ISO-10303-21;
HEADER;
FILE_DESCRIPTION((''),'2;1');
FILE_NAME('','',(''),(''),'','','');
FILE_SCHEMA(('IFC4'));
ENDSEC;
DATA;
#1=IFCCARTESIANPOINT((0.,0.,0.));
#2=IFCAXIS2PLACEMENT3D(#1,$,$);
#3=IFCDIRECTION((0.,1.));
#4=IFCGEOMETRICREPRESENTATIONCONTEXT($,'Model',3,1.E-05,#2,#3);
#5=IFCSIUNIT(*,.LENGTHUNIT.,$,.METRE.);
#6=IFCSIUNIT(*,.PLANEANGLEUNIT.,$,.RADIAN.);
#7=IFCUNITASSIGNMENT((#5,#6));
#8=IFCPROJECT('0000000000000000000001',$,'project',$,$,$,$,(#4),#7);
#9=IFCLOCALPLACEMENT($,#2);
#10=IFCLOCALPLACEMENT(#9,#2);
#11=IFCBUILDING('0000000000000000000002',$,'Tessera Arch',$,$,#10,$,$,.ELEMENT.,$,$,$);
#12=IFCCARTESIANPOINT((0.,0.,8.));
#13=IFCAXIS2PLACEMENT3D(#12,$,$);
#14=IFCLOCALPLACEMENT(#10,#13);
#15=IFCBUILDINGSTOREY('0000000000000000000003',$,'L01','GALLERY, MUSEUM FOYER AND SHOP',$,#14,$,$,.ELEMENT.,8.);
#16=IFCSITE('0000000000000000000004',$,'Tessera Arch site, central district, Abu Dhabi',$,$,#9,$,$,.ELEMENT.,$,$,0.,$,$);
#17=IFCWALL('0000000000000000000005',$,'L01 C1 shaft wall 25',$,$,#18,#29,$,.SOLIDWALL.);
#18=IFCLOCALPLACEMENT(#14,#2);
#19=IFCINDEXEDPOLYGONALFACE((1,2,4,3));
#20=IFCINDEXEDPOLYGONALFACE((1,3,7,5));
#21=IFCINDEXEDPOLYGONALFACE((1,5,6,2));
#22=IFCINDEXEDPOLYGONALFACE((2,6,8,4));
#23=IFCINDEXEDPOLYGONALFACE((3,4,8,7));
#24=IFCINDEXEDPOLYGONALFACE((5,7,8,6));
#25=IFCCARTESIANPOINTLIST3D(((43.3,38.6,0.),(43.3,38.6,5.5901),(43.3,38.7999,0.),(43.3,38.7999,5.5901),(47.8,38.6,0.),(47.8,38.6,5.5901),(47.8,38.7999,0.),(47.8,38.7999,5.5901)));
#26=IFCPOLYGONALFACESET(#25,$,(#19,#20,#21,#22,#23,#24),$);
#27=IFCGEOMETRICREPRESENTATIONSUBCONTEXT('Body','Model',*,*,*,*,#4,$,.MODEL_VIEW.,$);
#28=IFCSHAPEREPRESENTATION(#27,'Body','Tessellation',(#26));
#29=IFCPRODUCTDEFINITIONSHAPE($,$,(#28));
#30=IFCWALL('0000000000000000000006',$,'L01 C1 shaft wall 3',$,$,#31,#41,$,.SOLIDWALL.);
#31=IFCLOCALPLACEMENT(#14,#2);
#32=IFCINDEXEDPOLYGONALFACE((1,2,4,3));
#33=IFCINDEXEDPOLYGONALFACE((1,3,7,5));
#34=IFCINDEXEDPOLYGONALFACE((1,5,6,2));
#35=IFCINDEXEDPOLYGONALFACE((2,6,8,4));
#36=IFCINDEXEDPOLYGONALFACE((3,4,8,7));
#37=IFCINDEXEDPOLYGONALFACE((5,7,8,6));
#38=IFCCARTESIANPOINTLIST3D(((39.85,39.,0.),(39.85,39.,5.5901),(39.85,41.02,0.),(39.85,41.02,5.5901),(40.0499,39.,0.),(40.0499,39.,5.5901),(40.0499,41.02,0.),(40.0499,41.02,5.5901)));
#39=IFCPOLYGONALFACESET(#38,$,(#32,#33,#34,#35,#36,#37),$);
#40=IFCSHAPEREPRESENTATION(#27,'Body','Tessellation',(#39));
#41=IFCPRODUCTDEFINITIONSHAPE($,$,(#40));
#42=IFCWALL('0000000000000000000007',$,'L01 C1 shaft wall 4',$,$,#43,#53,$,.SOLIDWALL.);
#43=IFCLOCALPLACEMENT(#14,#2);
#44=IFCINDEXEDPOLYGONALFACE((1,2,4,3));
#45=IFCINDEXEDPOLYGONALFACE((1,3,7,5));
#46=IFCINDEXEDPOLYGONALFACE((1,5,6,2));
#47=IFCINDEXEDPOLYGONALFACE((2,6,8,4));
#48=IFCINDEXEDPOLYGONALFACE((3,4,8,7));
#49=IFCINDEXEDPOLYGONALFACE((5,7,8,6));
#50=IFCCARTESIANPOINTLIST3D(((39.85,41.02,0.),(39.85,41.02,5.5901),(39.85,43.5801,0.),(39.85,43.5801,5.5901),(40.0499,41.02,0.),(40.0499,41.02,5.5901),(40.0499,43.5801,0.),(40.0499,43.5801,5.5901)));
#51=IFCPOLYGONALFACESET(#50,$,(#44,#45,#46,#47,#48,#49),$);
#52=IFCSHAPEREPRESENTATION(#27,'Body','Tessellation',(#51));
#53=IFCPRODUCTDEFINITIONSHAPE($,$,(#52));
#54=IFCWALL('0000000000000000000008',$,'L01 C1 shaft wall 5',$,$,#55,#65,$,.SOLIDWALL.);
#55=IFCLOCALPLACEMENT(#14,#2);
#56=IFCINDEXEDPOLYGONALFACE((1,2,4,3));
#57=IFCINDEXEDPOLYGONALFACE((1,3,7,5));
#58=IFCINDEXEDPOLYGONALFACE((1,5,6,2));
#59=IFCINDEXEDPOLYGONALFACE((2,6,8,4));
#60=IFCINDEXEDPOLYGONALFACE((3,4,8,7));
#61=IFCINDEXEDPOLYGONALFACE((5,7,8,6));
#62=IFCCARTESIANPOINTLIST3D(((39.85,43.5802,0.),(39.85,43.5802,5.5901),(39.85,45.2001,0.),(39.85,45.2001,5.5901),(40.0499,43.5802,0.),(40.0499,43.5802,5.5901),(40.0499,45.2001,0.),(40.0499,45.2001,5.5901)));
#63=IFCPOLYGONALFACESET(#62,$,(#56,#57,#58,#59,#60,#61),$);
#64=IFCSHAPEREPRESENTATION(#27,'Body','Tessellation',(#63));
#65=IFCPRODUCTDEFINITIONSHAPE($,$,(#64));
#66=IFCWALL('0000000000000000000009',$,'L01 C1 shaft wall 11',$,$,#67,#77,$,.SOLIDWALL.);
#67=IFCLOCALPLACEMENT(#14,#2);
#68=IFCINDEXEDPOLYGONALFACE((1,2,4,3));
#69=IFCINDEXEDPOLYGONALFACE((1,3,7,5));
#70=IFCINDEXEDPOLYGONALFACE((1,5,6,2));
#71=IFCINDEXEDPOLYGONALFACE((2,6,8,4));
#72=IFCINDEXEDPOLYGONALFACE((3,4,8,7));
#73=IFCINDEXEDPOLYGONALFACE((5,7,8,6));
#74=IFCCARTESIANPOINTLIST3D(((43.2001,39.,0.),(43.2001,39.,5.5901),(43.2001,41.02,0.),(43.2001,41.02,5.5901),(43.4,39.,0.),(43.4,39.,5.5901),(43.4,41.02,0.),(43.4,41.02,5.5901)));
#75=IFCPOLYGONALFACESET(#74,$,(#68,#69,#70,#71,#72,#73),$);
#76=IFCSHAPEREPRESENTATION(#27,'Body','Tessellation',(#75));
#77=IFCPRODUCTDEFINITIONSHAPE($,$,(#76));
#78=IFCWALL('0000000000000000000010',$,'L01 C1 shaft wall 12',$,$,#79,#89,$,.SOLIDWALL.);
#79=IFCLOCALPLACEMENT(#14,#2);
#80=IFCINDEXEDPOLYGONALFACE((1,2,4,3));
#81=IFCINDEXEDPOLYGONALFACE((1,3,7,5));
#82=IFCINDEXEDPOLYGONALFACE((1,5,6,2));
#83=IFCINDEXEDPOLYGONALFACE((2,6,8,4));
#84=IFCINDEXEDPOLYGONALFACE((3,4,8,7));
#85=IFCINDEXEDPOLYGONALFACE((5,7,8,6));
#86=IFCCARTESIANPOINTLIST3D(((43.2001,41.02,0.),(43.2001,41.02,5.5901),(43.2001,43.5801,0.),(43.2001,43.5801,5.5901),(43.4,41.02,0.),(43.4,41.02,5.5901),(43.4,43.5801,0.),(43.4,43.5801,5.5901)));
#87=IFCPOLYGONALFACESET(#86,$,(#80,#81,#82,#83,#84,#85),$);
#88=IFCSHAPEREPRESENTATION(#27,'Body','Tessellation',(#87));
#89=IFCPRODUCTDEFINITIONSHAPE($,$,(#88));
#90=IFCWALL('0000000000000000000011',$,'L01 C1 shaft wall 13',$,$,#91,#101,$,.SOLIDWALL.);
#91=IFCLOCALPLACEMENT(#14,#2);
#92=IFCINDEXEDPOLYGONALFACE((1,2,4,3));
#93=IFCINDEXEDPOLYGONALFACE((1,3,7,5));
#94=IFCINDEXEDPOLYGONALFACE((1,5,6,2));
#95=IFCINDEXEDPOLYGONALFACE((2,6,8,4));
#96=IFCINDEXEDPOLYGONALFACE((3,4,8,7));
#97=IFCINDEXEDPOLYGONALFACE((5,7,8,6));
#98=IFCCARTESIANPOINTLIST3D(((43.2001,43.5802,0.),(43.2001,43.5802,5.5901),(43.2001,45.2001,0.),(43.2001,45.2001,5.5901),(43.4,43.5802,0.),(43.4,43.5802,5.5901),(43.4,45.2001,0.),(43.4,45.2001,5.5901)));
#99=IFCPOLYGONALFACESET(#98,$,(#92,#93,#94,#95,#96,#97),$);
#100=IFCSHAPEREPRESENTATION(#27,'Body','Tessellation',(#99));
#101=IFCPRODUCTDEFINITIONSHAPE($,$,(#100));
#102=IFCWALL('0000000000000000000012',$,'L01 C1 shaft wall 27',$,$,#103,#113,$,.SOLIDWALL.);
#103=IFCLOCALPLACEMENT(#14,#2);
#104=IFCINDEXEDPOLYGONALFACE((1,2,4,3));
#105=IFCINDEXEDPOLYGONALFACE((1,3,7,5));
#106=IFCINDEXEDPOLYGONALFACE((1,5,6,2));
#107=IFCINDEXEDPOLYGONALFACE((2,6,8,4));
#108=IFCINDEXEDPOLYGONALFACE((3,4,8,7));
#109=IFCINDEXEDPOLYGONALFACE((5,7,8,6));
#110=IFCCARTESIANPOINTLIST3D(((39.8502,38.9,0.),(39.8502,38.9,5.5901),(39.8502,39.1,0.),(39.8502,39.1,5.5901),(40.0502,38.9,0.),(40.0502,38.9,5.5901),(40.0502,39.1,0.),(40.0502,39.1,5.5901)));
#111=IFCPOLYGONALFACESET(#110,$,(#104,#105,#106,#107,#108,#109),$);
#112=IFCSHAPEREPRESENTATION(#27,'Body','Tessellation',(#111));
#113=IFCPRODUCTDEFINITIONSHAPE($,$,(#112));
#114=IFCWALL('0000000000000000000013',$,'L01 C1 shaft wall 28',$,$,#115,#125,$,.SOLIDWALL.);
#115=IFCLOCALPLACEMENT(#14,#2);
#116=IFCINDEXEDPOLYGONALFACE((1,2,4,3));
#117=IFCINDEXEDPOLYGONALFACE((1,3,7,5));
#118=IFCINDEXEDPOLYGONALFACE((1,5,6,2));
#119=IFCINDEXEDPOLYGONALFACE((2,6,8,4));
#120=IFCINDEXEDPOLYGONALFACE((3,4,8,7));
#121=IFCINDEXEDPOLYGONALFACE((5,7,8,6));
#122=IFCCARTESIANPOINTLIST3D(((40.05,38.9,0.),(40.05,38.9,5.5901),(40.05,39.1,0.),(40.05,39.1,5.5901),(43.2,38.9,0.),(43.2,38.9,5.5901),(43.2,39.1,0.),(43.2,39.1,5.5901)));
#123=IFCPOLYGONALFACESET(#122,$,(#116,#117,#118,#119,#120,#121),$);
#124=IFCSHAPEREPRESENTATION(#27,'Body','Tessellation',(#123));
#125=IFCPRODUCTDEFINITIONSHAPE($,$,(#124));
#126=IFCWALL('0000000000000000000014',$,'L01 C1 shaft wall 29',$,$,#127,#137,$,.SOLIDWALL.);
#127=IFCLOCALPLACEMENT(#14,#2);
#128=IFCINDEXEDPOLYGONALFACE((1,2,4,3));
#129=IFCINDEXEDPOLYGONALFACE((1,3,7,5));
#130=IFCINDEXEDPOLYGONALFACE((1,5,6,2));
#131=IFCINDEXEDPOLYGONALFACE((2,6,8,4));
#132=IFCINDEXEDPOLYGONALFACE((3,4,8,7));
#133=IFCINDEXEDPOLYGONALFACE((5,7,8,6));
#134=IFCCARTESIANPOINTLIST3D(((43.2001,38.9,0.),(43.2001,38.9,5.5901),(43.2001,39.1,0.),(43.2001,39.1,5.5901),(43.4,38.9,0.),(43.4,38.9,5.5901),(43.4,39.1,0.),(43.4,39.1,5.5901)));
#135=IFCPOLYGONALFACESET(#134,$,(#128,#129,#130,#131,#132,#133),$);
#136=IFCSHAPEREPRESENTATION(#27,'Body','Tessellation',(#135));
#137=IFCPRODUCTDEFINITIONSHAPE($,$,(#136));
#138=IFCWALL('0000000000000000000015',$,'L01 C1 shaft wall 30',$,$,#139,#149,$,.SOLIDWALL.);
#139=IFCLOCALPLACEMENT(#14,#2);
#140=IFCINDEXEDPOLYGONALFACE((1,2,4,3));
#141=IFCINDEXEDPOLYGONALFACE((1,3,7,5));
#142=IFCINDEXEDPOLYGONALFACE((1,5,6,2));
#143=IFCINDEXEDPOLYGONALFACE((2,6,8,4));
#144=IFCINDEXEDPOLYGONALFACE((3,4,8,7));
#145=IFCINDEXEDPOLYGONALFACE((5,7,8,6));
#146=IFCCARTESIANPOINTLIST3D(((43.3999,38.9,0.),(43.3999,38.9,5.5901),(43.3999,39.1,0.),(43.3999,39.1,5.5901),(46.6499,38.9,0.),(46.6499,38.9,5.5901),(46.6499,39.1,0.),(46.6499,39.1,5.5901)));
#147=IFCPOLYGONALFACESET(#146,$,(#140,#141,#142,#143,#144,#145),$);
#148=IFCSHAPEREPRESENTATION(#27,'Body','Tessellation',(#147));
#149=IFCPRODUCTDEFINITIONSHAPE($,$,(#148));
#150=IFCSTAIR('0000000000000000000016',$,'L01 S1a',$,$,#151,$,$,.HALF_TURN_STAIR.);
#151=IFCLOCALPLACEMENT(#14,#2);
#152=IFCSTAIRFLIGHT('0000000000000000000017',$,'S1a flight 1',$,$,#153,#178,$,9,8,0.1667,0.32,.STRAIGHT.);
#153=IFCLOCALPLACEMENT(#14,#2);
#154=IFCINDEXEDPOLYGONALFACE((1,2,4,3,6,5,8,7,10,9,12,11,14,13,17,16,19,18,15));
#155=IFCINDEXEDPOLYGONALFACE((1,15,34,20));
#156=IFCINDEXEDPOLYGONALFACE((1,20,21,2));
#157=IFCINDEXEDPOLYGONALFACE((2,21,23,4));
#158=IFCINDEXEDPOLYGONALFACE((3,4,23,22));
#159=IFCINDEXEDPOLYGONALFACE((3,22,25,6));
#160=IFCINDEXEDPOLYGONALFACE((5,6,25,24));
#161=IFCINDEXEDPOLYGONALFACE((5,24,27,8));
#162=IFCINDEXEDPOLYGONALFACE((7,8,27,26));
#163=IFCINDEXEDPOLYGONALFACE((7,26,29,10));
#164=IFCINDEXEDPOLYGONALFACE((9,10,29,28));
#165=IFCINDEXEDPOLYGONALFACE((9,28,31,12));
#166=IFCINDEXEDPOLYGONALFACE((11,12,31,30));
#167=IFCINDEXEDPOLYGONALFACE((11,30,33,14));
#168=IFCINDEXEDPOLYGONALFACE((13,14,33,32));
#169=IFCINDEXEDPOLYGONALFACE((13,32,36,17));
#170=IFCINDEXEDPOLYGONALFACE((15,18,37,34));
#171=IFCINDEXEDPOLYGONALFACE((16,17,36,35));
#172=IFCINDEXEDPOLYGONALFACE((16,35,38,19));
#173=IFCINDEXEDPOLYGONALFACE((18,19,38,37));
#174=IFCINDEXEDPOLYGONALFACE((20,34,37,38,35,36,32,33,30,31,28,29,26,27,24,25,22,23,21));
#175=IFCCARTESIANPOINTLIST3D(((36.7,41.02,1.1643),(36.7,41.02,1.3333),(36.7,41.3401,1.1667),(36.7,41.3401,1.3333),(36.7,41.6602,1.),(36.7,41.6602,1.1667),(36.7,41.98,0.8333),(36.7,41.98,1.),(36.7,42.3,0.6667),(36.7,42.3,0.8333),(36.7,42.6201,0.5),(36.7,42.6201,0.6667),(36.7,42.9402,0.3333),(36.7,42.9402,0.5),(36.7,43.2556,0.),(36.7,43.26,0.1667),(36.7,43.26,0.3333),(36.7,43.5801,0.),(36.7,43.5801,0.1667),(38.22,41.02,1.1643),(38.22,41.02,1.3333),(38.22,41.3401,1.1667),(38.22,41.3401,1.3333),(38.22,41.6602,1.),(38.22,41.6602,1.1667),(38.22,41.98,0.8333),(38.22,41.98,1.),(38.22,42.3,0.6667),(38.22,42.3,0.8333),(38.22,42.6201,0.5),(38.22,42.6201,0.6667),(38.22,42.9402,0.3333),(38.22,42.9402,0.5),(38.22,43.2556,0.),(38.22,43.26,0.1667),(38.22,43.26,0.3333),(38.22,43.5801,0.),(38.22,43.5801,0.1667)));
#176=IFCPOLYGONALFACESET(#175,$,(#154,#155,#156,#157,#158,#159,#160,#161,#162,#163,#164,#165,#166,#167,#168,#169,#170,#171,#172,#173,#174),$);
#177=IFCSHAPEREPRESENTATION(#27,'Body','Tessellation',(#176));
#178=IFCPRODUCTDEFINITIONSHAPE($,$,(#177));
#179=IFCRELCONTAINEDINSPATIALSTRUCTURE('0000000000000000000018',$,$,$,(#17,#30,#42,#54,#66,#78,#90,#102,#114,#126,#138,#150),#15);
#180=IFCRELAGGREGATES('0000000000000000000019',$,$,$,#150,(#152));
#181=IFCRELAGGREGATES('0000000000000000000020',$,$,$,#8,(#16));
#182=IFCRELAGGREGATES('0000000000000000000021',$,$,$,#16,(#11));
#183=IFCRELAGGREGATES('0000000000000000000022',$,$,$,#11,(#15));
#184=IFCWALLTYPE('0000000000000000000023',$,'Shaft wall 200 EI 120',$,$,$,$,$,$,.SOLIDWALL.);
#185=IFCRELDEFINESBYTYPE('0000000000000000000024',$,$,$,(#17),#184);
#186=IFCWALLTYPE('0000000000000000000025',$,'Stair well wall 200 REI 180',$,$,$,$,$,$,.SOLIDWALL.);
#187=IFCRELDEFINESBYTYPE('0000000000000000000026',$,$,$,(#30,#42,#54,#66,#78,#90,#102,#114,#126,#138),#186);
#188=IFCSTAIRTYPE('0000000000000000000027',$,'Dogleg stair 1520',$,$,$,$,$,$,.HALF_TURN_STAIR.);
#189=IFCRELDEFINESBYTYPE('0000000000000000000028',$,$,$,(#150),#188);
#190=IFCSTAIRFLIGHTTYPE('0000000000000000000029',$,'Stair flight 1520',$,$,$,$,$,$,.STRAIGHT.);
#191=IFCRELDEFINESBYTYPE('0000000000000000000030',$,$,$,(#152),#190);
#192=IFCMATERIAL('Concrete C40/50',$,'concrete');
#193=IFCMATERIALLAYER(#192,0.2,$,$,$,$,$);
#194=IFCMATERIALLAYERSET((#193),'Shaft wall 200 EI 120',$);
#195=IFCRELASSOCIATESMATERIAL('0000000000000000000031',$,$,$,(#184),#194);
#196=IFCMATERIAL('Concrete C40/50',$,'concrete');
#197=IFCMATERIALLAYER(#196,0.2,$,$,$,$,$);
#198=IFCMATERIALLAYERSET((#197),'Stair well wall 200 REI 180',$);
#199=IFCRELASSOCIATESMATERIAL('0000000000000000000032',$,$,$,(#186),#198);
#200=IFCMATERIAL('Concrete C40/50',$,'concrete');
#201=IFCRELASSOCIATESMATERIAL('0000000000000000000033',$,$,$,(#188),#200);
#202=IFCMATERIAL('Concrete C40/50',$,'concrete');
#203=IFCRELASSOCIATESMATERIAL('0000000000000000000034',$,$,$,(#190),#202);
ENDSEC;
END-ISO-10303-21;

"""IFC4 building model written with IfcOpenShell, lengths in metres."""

from ifc_helpers import new_model, si_unit, direction, frame, frame_2d, origin, place, context, subcontext, project, spatial, polyline, rectangle, outline, extrude, material, layer, layer_set, type_object, element, aggregate, save


model = new_model("IFC4")

# Units and contexts
model_context = context("Model", 3, precision=1e-05, world=origin(), true_north=direction((0.0, 1.0)))
body_context = subcontext(model_context, "Body", "Model", "MODEL_VIEW")
ifc_project = project(units=[si_unit("LENGTHUNIT", "METRE"), si_unit("PLANEANGLEUNIT", "RADIAN")], contexts=[model_context])

# Site, building, storey
site_placement = place(None, origin())
site = spatial("IfcSite", under=ifc_project, at=site_placement, Name="Tessera Arch site, central district, Abu Dhabi", CompositionType="ELEMENT", RefElevation=0.0)
building_placement = place(site_placement, origin())
building = spatial("IfcBuilding", under=site, at=building_placement, Name="Tessera Arch", CompositionType="ELEMENT")
storey_placement = place(building_placement, frame((0.0, 0.0, 8.0)))
storey = spatial("IfcBuildingStorey", under=building, at=storey_placement, Name="L01", Description="GALLERY, MUSEUM FOYER AND SHOP", CompositionType="ELEMENT", Elevation=8.0)

# Walls
ifc_material_1 = material(Name="Concrete C40/50", Category="concrete")
ifc_layer_1 = layer(ifc_material_1, 0.2)
ifc_layer_set_1 = layer_set([ifc_layer_1], Name="Shaft wall 200 EI 120")
wall_type_1 = type_object("IfcWallType", Name="Shaft wall 200 EI 120", PredefinedType="SOLIDWALL", material=ifc_layer_set_1)
wall_1_placement = place(storey_placement, frame((43.3, 38.7, 0.0), z_axis=(0.0, 0.0, 1.0), x_axis=(1.0, 0.0, 0.0)))
element("IfcWall", 1, at=wall_1_placement, inside=storey, type_object=wall_type_1, Name="L01 C1 shaft wall 25", PredefinedType="SOLIDWALL", context=body_context, shape_type="SweptSolid", body=[
    extrude(rectangle(XDim=4.5, YDim=0.2, at=frame_2d((2.25, 0.0))), origin(), (0.0, 0.0, 1.0), 5.5901),
])
ifc_material_2 = material(Name="Concrete C40/50", Category="concrete")
ifc_layer_2 = layer(ifc_material_2, 0.2)
ifc_layer_set_2 = layer_set([ifc_layer_2], Name="Stair well wall 200 REI 180")
wall_type_2 = type_object("IfcWallType", Name="Stair well wall 200 REI 180", PredefinedType="SOLIDWALL", material=ifc_layer_set_2)
wall_2_placement = place(storey_placement, frame((39.95, 39.0, 0.0), z_axis=(0.0, 0.0, 1.0), x_axis=(0.0, 1.0, 0.0)))
element("IfcWall", 2, at=wall_2_placement, inside=storey, type_object=wall_type_2, Name="L01 C1 shaft wall 3", PredefinedType="SOLIDWALL", context=body_context, shape_type="SweptSolid", body=[
    extrude(rectangle(XDim=2.02, YDim=0.2, at=frame_2d((1.01, 0.0))), origin(), (0.0, 0.0, 1.0), 5.5901),
])
wall_3_placement = place(storey_placement, frame((39.95, 41.02, 0.0), z_axis=(0.0, 0.0, 1.0), x_axis=(0.0, 1.0, 0.0)))
element("IfcWall", 3, at=wall_3_placement, inside=storey, type_object=wall_type_2, Name="L01 C1 shaft wall 4", PredefinedType="SOLIDWALL", context=body_context, shape_type="SweptSolid", body=[
    extrude(rectangle(XDim=2.5601, YDim=0.2, at=frame_2d((1.28, 0.0))), origin(), (0.0, 0.0, 1.0), 5.5901),
])
wall_4_placement = place(storey_placement, frame((39.95, 43.5801, 0.0), z_axis=(0.0, 0.0, 1.0), x_axis=(0.0, 1.0, 0.0)))
element("IfcWall", 4, at=wall_4_placement, inside=storey, type_object=wall_type_2, Name="L01 C1 shaft wall 5", PredefinedType="SOLIDWALL", context=body_context, shape_type="SweptSolid", body=[
    extrude(rectangle(XDim=1.6199, YDim=0.2, at=frame_2d((0.8101, 0.0))), origin(), (0.0, 0.0, 1.0), 5.5901),
])
wall_5_placement = place(storey_placement, frame((43.3, 39.0, 0.0), z_axis=(0.0, 0.0, 1.0), x_axis=(0.0, 1.0, 0.0)))
element("IfcWall", 5, at=wall_5_placement, inside=storey, type_object=wall_type_2, Name="L01 C1 shaft wall 11", PredefinedType="SOLIDWALL", context=body_context, shape_type="SweptSolid", body=[
    extrude(rectangle(XDim=2.02, YDim=0.2, at=frame_2d((1.01, 0.0))), origin(), (0.0, 0.0, 1.0), 5.5901),
])
wall_6_placement = place(storey_placement, frame((43.3, 41.02, 0.0), z_axis=(0.0, 0.0, 1.0), x_axis=(0.0, 1.0, 0.0)))
element("IfcWall", 6, at=wall_6_placement, inside=storey, type_object=wall_type_2, Name="L01 C1 shaft wall 12", PredefinedType="SOLIDWALL", context=body_context, shape_type="SweptSolid", body=[
    extrude(rectangle(XDim=2.5601, YDim=0.2, at=frame_2d((1.28, 0.0))), origin(), (0.0, 0.0, 1.0), 5.5901),
])
wall_7_placement = place(storey_placement, frame((43.3, 43.5801, 0.0), z_axis=(0.0, 0.0, 1.0), x_axis=(0.0, 1.0, 0.0)))
element("IfcWall", 7, at=wall_7_placement, inside=storey, type_object=wall_type_2, Name="L01 C1 shaft wall 13", PredefinedType="SOLIDWALL", context=body_context, shape_type="SweptSolid", body=[
    extrude(rectangle(XDim=1.6199, YDim=0.2, at=frame_2d((0.8101, 0.0))), origin(), (0.0, 0.0, 1.0), 5.5901),
])
wall_8_placement = place(storey_placement, frame((39.8501, 39.0, 0.0), z_axis=(0.0, 0.0, 1.0), x_axis=(1.0, 0.0, 0.0)))
element("IfcWall", 8, at=wall_8_placement, inside=storey, type_object=wall_type_2, Name="L01 C1 shaft wall 27", PredefinedType="SOLIDWALL", context=body_context, shape_type="SweptSolid", body=[
    extrude(rectangle(XDim=0.2, YDim=0.2, at=frame_2d((0.1001, 0.0))), origin(), (0.0, 0.0, 1.0), 5.5901),
])
wall_9_placement = place(storey_placement, frame((40.05, 39.0, 0.0), z_axis=(0.0, 0.0, 1.0), x_axis=(1.0, 0.0, 0.0)))
element("IfcWall", 9, at=wall_9_placement, inside=storey, type_object=wall_type_2, Name="L01 C1 shaft wall 28", PredefinedType="SOLIDWALL", context=body_context, shape_type="SweptSolid", body=[
    extrude(rectangle(XDim=3.1499, YDim=0.2, at=frame_2d((1.575, 0.0))), origin(), (0.0, 0.0, 1.0), 5.5901),
])
wall_10_placement = place(storey_placement, frame((43.2, 39.0, 0.0), z_axis=(0.0, 0.0, 1.0), x_axis=(1.0, 0.0, 0.0)))
element("IfcWall", 10, at=wall_10_placement, inside=storey, type_object=wall_type_2, Name="L01 C1 shaft wall 29", PredefinedType="SOLIDWALL", context=body_context, shape_type="SweptSolid", body=[
    extrude(rectangle(XDim=0.2, YDim=0.2, at=frame_2d((0.1001, 0.0))), origin(), (0.0, 0.0, 1.0), 5.5901),
])
wall_11_placement = place(storey_placement, frame((43.3999, 39.0, 0.0), z_axis=(0.0, 0.0, 1.0), x_axis=(1.0, 0.0, 0.0)))
element("IfcWall", 11, at=wall_11_placement, inside=storey, type_object=wall_type_2, Name="L01 C1 shaft wall 30", PredefinedType="SOLIDWALL", context=body_context, shape_type="SweptSolid", body=[
    extrude(rectangle(XDim=3.25, YDim=0.2, at=frame_2d((1.625, 0.0))), origin(), (0.0, 0.0, 1.0), 5.5901),
])

# Stair, stair flight
ifc_material_3 = material(Name="Concrete C40/50", Category="concrete")
stair_type = type_object("IfcStairType", Name="Dogleg stair 1520", PredefinedType="HALF_TURN_STAIR", material=ifc_material_3)
stair_1_placement = place(storey_placement, origin())
stair_1 = element("IfcStair", 12, at=stair_1_placement, inside=storey, type_object=stair_type, Name="L01 S1a", PredefinedType="HALF_TURN_STAIR")
ifc_material_4 = material(Name="Concrete C40/50", Category="concrete")
stair_flight_type = type_object("IfcStairFlightType", Name="Stair flight 1520", PredefinedType="STRAIGHT", material=ifc_material_4)
stair_flight_1_placement = place(storey_placement, frame((37.46, 43.5801, 0.0), z_axis=(0.0, 0.0, 1.0), x_axis=(0.0, -1.0, 0.0)))
stair_flight_1 = element("IfcStairFlight", 13, at=stair_flight_1_placement, type_object=stair_flight_type, Name="S1a flight 1", NumberOfRisers=9, NumberOfTreads=8, PredefinedType="STRAIGHT", RiserHeight=0.1667, TreadLength=0.32, context=body_context, shape_type="SweptSolid", body=[
    extrude(outline(polyline([(0.0, 0.0), (0.0, 0.1667), (0.3201, 0.1667), (0.3201, 0.3333), (0.6399, 0.3333), (0.6399, 0.5), (0.96, 0.5), (0.96, 0.6667), (1.28, 0.6667), (1.28, 0.8333), (1.6001, 0.8333), (1.6001, 1.0), (1.9199, 1.0), (1.9199, 1.1667), (2.24, 1.1667), (2.24, 1.3333), (2.5601, 1.3333), (2.5601, 1.5), (2.5601, 1.1643), (0.3245, 0.0), (0.0, 0.0)])), frame((0.0, 0.76, 0.0), z_axis=(0.0, -1.0, 0.0), x_axis=(1.0, 0.0, 0.0)), (0.0, 0.0, 1.0), 1.52),
])
aggregate(stair_1, [stair_flight_1])

save(model, "model.ifc")
